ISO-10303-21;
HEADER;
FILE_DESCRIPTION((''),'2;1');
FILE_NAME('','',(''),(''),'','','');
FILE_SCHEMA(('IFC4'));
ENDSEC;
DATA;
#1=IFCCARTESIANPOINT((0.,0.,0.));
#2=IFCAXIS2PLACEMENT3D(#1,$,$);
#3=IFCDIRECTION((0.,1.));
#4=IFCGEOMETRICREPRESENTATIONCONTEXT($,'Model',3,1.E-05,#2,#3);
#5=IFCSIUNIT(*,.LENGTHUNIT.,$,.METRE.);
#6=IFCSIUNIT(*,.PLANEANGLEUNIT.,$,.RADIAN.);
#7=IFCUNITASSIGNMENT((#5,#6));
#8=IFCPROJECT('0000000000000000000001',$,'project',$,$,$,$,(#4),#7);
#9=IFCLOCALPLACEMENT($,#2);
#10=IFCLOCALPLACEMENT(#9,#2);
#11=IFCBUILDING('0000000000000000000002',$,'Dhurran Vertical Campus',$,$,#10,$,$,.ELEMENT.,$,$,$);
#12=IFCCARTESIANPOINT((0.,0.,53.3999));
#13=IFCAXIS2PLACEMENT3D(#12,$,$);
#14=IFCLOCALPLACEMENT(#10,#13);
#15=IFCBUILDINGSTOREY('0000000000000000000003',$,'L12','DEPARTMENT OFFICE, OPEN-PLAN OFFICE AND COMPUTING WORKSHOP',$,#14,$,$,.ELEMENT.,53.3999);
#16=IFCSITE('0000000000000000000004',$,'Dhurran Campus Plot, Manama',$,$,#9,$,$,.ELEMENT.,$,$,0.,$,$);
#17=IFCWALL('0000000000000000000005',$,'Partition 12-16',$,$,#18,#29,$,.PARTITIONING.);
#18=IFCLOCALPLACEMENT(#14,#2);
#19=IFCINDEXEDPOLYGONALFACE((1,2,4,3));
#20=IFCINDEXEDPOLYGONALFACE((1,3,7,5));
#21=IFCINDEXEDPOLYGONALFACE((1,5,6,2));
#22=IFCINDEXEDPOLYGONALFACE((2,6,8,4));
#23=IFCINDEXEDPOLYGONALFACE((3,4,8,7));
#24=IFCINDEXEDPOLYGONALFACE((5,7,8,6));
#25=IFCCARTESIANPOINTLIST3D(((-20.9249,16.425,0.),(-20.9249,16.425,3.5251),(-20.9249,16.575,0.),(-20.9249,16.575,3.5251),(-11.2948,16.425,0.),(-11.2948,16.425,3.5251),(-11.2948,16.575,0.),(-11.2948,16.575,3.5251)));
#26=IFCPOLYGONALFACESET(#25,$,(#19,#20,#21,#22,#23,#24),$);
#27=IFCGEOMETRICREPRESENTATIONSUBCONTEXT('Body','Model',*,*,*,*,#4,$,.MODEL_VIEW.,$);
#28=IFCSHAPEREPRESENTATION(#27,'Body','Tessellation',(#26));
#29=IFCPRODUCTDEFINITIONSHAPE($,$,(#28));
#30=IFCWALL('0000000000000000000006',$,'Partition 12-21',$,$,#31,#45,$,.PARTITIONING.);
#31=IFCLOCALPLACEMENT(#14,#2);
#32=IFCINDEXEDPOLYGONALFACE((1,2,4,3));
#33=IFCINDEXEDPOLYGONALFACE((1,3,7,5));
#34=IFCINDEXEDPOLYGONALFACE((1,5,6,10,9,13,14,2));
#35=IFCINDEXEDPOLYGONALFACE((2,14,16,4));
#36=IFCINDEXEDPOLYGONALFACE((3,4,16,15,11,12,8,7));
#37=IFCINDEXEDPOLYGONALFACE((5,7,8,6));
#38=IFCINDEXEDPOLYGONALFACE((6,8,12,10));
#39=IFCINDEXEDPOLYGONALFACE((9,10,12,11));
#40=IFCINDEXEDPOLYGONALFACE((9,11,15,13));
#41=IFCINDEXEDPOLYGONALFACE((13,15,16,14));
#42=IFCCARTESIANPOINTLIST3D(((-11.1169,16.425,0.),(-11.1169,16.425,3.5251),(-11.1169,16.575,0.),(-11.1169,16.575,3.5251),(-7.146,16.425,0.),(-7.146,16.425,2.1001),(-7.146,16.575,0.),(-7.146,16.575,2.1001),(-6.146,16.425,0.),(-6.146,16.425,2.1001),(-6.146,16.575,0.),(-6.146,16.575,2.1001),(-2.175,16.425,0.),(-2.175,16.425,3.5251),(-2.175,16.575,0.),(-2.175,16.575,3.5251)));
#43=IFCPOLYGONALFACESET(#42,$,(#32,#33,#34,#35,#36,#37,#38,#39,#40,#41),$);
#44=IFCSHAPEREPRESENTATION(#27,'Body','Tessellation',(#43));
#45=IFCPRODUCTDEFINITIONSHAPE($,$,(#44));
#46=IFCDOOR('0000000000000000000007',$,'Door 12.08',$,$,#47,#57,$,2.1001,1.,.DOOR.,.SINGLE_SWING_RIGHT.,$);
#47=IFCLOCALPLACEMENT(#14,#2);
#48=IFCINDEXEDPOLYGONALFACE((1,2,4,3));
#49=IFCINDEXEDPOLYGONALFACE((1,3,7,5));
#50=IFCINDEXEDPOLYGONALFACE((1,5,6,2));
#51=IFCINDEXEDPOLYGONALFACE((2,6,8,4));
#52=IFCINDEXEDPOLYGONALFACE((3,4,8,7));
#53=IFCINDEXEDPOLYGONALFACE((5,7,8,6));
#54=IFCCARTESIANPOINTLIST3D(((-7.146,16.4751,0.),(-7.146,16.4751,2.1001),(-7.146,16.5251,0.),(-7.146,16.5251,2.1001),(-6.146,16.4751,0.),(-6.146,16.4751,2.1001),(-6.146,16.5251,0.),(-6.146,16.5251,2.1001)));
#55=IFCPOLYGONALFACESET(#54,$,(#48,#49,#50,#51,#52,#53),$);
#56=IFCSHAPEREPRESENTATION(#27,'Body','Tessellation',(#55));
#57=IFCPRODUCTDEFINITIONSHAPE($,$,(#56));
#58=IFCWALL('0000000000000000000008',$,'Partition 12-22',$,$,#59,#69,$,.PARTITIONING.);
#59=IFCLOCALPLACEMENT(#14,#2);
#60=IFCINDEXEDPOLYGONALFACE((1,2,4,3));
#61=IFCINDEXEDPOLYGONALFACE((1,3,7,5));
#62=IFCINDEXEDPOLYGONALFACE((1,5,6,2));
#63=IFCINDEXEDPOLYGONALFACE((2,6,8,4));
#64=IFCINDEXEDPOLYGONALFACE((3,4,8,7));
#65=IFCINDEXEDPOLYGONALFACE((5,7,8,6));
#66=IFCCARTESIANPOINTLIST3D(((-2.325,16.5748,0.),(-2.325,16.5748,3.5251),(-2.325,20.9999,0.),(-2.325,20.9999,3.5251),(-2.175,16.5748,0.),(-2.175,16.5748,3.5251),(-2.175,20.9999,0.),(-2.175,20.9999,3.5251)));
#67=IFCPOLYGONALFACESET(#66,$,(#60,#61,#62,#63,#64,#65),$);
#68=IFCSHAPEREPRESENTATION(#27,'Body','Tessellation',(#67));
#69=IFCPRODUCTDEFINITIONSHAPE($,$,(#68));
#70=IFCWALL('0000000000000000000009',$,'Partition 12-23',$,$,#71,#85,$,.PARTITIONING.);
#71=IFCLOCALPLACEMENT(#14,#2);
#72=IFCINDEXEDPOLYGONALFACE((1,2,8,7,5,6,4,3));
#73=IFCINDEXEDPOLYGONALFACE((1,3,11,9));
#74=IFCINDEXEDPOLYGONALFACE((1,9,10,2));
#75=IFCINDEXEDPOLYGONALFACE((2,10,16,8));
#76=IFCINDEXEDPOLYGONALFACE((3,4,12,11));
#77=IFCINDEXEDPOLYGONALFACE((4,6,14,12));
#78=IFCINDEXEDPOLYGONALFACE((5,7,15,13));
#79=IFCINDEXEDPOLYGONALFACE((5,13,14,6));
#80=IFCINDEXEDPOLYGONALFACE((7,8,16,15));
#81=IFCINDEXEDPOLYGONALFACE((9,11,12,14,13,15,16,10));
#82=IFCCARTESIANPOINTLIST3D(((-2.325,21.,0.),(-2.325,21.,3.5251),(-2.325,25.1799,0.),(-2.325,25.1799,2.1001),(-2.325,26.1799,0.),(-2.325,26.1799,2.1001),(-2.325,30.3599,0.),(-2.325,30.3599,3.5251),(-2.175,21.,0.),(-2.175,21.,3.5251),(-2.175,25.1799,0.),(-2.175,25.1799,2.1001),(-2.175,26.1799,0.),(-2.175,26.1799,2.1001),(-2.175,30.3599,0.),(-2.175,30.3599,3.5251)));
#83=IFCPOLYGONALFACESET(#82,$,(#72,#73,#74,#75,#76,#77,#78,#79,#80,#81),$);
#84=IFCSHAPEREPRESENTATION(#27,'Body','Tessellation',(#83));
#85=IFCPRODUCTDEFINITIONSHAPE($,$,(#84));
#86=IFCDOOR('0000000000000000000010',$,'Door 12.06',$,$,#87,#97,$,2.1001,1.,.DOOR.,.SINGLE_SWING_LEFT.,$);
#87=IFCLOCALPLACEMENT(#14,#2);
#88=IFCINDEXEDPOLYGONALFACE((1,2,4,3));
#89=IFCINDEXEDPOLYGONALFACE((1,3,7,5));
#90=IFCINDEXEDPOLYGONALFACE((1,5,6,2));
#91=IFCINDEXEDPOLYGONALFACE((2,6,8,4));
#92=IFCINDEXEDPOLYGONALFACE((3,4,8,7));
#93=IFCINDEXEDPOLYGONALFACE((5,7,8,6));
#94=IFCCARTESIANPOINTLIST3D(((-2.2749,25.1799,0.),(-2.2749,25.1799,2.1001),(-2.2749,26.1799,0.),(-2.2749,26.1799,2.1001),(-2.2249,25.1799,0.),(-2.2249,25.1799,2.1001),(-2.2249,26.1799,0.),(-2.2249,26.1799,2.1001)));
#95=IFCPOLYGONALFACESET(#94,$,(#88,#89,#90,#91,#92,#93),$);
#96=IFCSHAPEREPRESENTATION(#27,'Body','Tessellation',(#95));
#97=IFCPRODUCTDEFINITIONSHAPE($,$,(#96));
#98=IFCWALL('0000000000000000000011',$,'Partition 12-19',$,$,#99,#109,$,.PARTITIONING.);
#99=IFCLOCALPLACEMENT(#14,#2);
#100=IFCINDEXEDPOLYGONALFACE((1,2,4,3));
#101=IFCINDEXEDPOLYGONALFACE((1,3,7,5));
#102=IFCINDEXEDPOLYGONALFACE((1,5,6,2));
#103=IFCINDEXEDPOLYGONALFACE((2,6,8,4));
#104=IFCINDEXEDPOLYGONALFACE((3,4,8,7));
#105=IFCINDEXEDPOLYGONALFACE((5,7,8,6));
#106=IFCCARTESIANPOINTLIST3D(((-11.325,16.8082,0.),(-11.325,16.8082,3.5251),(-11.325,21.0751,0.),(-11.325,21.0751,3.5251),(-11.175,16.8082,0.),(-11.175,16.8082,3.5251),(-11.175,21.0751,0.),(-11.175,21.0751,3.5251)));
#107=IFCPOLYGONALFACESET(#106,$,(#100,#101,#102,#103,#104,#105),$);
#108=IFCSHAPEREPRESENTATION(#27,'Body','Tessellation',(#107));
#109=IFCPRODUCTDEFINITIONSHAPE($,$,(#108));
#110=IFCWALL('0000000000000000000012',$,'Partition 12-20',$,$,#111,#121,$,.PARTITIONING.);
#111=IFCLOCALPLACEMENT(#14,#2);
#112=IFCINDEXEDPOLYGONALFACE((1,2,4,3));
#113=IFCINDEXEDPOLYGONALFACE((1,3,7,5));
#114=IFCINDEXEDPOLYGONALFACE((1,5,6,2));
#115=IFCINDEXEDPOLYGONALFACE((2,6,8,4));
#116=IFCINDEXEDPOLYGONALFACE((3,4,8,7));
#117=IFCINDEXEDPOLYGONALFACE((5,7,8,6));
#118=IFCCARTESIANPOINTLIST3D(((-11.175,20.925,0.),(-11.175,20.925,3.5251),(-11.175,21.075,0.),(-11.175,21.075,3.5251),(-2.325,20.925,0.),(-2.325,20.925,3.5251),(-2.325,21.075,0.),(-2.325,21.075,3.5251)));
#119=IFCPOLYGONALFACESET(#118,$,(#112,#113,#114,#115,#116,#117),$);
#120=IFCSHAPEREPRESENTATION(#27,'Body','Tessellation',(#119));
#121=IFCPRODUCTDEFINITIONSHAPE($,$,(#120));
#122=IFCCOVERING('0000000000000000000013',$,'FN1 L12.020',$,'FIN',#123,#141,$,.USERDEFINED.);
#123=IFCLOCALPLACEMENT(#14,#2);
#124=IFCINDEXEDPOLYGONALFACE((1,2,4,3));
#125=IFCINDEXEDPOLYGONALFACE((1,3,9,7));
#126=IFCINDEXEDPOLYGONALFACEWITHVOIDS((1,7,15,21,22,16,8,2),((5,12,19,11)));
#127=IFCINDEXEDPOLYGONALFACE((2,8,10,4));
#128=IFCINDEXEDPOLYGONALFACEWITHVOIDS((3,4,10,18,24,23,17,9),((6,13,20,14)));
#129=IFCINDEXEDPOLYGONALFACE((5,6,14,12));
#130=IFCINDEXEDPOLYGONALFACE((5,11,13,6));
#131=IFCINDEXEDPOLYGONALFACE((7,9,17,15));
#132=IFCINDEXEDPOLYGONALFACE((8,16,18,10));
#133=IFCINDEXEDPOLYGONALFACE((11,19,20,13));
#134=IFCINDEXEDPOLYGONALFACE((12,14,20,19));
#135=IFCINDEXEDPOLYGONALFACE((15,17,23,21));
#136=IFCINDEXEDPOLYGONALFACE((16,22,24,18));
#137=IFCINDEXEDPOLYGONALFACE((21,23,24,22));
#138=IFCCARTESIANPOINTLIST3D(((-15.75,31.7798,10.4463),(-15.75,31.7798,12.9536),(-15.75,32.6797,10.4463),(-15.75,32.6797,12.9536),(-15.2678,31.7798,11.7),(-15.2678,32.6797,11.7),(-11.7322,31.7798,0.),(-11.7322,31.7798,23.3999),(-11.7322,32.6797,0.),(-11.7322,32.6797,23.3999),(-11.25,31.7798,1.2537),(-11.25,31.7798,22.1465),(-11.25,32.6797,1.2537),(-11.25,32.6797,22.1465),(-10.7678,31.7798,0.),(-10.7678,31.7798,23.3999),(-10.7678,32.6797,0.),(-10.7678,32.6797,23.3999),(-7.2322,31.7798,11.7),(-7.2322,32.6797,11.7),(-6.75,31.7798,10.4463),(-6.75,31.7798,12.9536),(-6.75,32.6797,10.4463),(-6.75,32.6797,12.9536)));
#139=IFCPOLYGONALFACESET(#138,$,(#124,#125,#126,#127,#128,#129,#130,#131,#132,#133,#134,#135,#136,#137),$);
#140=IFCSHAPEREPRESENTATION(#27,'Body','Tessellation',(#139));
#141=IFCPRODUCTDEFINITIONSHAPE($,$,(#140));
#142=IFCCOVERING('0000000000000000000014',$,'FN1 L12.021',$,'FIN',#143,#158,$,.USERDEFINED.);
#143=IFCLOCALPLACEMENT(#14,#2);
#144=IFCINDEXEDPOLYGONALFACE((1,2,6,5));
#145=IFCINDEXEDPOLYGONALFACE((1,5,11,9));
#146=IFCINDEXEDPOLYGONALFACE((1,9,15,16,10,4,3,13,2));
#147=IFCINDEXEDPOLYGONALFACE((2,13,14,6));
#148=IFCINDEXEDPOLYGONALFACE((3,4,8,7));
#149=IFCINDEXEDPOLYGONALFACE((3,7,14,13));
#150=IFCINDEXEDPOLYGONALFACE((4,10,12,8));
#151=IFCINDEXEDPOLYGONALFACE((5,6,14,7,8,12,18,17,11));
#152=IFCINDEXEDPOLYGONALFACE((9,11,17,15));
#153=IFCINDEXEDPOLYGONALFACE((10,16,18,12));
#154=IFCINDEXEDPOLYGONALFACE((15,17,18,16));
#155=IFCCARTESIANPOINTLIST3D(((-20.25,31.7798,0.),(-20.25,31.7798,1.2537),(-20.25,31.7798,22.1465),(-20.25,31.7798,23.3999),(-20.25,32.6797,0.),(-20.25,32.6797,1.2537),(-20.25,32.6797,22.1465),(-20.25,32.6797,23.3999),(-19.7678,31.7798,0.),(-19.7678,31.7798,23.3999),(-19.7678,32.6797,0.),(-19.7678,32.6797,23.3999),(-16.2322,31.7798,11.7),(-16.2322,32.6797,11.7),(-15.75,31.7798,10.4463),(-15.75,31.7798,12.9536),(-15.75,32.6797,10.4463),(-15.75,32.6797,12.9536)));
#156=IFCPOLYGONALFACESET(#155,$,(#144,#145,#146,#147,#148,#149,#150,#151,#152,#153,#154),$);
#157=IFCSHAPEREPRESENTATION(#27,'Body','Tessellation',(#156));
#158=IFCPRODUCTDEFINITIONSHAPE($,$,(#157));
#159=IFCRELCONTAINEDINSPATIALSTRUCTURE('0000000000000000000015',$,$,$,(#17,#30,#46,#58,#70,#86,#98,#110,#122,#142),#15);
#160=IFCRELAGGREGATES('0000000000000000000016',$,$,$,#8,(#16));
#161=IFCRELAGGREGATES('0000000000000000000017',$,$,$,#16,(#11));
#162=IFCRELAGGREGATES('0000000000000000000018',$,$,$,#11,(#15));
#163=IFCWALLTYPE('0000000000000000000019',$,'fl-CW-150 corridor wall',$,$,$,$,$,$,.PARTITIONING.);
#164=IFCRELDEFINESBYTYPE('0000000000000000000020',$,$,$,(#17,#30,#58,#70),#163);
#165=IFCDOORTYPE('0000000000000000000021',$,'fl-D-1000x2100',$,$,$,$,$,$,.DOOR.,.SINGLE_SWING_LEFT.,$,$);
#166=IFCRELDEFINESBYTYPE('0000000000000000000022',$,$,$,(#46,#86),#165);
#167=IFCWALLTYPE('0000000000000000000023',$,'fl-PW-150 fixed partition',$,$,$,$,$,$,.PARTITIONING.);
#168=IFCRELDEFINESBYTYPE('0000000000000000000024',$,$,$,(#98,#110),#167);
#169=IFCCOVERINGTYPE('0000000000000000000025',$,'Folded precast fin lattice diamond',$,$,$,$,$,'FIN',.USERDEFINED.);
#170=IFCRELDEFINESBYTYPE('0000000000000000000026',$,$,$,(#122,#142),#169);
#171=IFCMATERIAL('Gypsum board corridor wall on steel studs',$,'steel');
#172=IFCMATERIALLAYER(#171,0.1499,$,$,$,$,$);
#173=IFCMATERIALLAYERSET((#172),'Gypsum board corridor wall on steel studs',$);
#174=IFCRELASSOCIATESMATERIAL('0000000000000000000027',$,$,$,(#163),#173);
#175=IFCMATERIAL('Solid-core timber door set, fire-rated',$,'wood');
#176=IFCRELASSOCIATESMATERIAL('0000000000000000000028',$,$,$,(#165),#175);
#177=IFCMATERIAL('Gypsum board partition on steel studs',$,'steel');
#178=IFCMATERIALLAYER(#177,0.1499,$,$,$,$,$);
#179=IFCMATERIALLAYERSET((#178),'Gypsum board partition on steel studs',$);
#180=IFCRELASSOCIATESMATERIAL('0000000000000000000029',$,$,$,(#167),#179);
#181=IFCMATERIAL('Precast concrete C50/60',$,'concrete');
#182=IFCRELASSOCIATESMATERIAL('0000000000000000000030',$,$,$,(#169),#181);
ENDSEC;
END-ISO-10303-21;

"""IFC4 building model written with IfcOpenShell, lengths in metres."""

from ifc_helpers import new_model, si_unit, direction, frame, frame_2d, origin, place, context, subcontext, project, spatial, polyline, rectangle, outline, extrude, material, layer, layer_set, type_object, element, fill, save


model = new_model("IFC4")

# Units and contexts
model_context = context("Model", 3, precision=1e-05, world=origin(), true_north=direction((0.0, 1.0)))
body_context = subcontext(model_context, "Body", "Model", "MODEL_VIEW")
ifc_project = project(units=[si_unit("LENGTHUNIT", "METRE"), si_unit("PLANEANGLEUNIT", "RADIAN")], contexts=[model_context])

# Site, building, storey
site_placement = place(None, origin())
site = spatial("IfcSite", under=ifc_project, at=site_placement, Name="Dhurran Campus Plot, Manama", CompositionType="ELEMENT", RefElevation=0.0)
building_placement = place(site_placement, origin())
building = spatial("IfcBuilding", under=site, at=building_placement, Name="Dhurran Vertical Campus", CompositionType="ELEMENT")
storey_placement = place(building_placement, frame((0.0, 0.0, 53.3999)))
storey = spatial("IfcBuildingStorey", under=building, at=storey_placement, Name="L12", Description="DEPARTMENT OFFICE, OPEN-PLAN OFFICE AND COMPUTING WORKSHOP", CompositionType="ELEMENT", Elevation=53.3999)

# Wall
ifc_material_1 = material(Name="Gypsum board corridor wall on steel studs", Category="steel")
ifc_layer_1 = layer(ifc_material_1, 0.1499)
ifc_layer_set_1 = layer_set([ifc_layer_1], Name="Gypsum board corridor wall on steel studs")
wall_type_1 = type_object("IfcWallType", Name="fl-CW-150 corridor wall", PredefinedType="PARTITIONING", material=ifc_layer_set_1)
wall_1_placement = place(storey_placement, frame((-11.2949, 16.5, 0.0), z_axis=(0.0, 0.0, 1.0), x_axis=(-1.0, 0.0, 0.0)))
element("IfcWall", 1, at=wall_1_placement, inside=storey, type_object=wall_type_1, Name="Partition 12-16", PredefinedType="PARTITIONING", context=body_context, shape_type="SweptSolid", body=[
    extrude(rectangle(XDim=9.6301, YDim=0.1499, at=frame_2d((4.8149, 0.0))), origin(), (0.0, 0.0, 1.0), 3.5251),
])

# Wall, opening, door
wall_2_placement = place(storey_placement, frame((-2.175, 16.5, 0.0), z_axis=(0.0, 0.0, 1.0), x_axis=(-1.0, 0.0, 0.0)))
wall_2 = element("IfcWall", 2, at=wall_2_placement, inside=storey, type_object=wall_type_1, Name="Partition 12-21", PredefinedType="PARTITIONING", context=body_context, shape_type="SweptSolid", body=[
    extrude(rectangle(XDim=8.9419, YDim=0.1499, at=frame_2d((4.4709, 0.0))), origin(), (0.0, 0.0, 1.0), 3.5251),
])
opening_1_placement = place(wall_2_placement, frame((3.9709, 0.0, 0.0)))
opening_1 = element("IfcOpeningElement", 3, at=opening_1_placement, cuts=wall_2, PredefinedType="OPENING", context=body_context, shape_type="SweptSolid", body=[
    extrude(rectangle(XDim=1.0, YDim=2.1001, at=frame_2d((0.5, 1.05))), frame((0.0, 0.085, 0.0), z_axis=(0.0, -1.0, 0.0), x_axis=(1.0, 0.0, 0.0)), (0.0, 0.0, 1.0), 0.1699),
])
ifc_material_2 = material(Name="Solid-core timber door set, fire-rated", Category="wood")
door_type_1 = type_object("IfcDoorType", Name="fl-D-1000x2100", OperationType="SINGLE_SWING_LEFT", PredefinedType="DOOR", material=ifc_material_2)
door_1_placement = place(opening_1_placement, origin())
door_1 = element("IfcDoor", 4, at=door_1_placement, inside=storey, type_object=door_type_1, Name="Door 12.08", OperationType="SINGLE_SWING_RIGHT", OverallHeight=2.1001, OverallWidth=1.0, PredefinedType="DOOR", context=body_context, shape_type="SweptSolid", body=[
    extrude(rectangle(XDim=1.0, YDim=2.1001, at=frame_2d((0.5, 1.05))), frame((0.0, 0.0249, 0.0), z_axis=(0.0, -1.0, 0.0), x_axis=(1.0, 0.0, 0.0)), (0.0, 0.0, 1.0), 0.05),
])
fill(opening_1, door_1)

# Wall
wall_3_placement = place(storey_placement, frame((-2.25, 16.575, 0.0), z_axis=(0.0, 0.0, 1.0), x_axis=(0.0, 1.0, 0.0)))
element("IfcWall", 5, at=wall_3_placement, inside=storey, type_object=wall_type_1, Name="Partition 12-22", PredefinedType="PARTITIONING", context=body_context, shape_type="SweptSolid", body=[
    extrude(rectangle(XDim=4.425, YDim=0.1499, at=frame_2d((2.2124, 0.0))), origin(), (0.0, 0.0, 1.0), 3.5251),
])

# Wall, opening, door
wall_4_placement = place(storey_placement, frame((-2.25, 21.0, 0.0), z_axis=(0.0, 0.0, 1.0), x_axis=(0.0, 1.0, 0.0)))
wall_4 = element("IfcWall", 6, at=wall_4_placement, inside=storey, type_object=wall_type_1, Name="Partition 12-23", PredefinedType="PARTITIONING", context=body_context, shape_type="SweptSolid", body=[
    extrude(rectangle(XDim=9.3599, YDim=0.1499, at=frame_2d((4.6799, 0.0))), origin(), (0.0, 0.0, 1.0), 3.5251),
])
opening_2_placement = place(wall_4_placement, frame((4.1799, 0.0, 0.0)))
opening_2 = element("IfcOpeningElement", 7, at=opening_2_placement, cuts=wall_4, PredefinedType="OPENING", context=body_context, shape_type="SweptSolid", body=[
    extrude(rectangle(XDim=1.0, YDim=2.1001, at=frame_2d((0.5, 1.05))), frame((0.0, 0.085, 0.0), z_axis=(0.0, -1.0, 0.0), x_axis=(1.0, 0.0, 0.0)), (0.0, 0.0, 1.0), 0.1699),
])
door_2_placement = place(opening_2_placement, origin())
door_2 = element("IfcDoor", 8, at=door_2_placement, inside=storey, type_object=door_type_1, Name="Door 12.06", OperationType="SINGLE_SWING_LEFT", OverallHeight=2.1001, OverallWidth=1.0, PredefinedType="DOOR", context=body_context, shape_type="SweptSolid", body=[
    extrude(rectangle(XDim=1.0, YDim=2.1001, at=frame_2d((0.5, 1.05))), frame((0.0, 0.0249, 0.0), z_axis=(0.0, -1.0, 0.0), x_axis=(1.0, 0.0, 0.0)), (0.0, 0.0, 1.0), 0.05),
])
fill(opening_2, door_2)

# Walls
ifc_material_3 = material(Name="Gypsum board partition on steel studs", Category="steel")
ifc_layer_2 = layer(ifc_material_3, 0.1499)
ifc_layer_set_2 = layer_set([ifc_layer_2], Name="Gypsum board partition on steel studs")
wall_type_2 = type_object("IfcWallType", Name="fl-PW-150 fixed partition", PredefinedType="PARTITIONING", material=ifc_layer_set_2)
wall_5_placement = place(storey_placement, frame((-11.25, 21.075, 0.0), z_axis=(0.0, 0.0, 1.0), x_axis=(0.0, -1.0, 0.0)))
element("IfcWall", 9, at=wall_5_placement, inside=storey, type_object=wall_type_2, Name="Partition 12-19", PredefinedType="PARTITIONING", context=body_context, shape_type="SweptSolid", body=[
    extrude(rectangle(XDim=4.2668, YDim=0.1499, at=frame_2d((2.1333, 0.0))), origin(), (0.0, 0.0, 1.0), 3.5251),
])
wall_6_placement = place(storey_placement, frame((-2.325, 21.0, 0.0), z_axis=(0.0, 0.0, 1.0), x_axis=(-1.0, 0.0, 0.0)))
element("IfcWall", 10, at=wall_6_placement, inside=storey, type_object=wall_type_2, Name="Partition 12-20", PredefinedType="PARTITIONING", context=body_context, shape_type="SweptSolid", body=[
    extrude(rectangle(XDim=8.8501, YDim=0.1499, at=frame_2d((4.425, 0.0))), origin(), (0.0, 0.0, 1.0), 3.5251),
])

# Coverings
ifc_material_4 = material(Name="Precast concrete C50/60", Category="concrete")
covering_type = type_object("IfcCoveringType", Name="Folded precast fin lattice diamond", ElementType="FIN", PredefinedType="USERDEFINED", material=ifc_material_4)
covering_1_placement = place(storey_placement, frame((-6.75, 31.7798, 0.0), z_axis=(0.0, 1.0, 0.0), x_axis=(-1.0, 0.0, 0.0)))
element("IfcCovering", 11, at=covering_1_placement, inside=storey, type_object=covering_type, Name="FN1 L12.020", ObjectType="FIN", PredefinedType="USERDEFINED", context=body_context, shape_type="SweptSolid", body=[
    extrude(outline(polyline([(9.0, 12.9536), (9.0, 10.4463), (4.9822, 0.0), (4.0178, 0.0), (0.0, 10.4463), (0.0, 12.9536), (4.0178, 23.3999), (4.9822, 23.3999), (9.0, 12.9536)]), holes=[polyline([(8.5178, 11.7), (4.5, 22.1465), (0.4822, 11.7), (4.5, 1.2537), (8.5178, 11.7)])]), origin(), (0.0, 0.0, 1.0), 0.8999),
])
covering_2_placement = place(storey_placement, frame((-15.75, 31.7798, 0.0), z_axis=(0.0, 1.0, 0.0), x_axis=(-1.0, 0.0, 0.0)))
element("IfcCovering", 12, at=covering_2_placement, inside=storey, type_object=covering_type, Name="FN1 L12.021", ObjectType="FIN", PredefinedType="USERDEFINED", context=body_context, shape_type="SweptSolid", body=[
    extrude(outline(polyline([(4.0178, 0.0), (0.0, 10.4463), (0.0, 12.9536), (4.0178, 23.3999), (4.5, 23.3999), (4.5, 22.1465), (0.4822, 11.7), (4.5, 1.2537), (4.5, 0.0), (4.0178, 0.0)])), origin(), (0.0, 0.0, 1.0), 0.8999),
])

save(model, "model.ifc")
